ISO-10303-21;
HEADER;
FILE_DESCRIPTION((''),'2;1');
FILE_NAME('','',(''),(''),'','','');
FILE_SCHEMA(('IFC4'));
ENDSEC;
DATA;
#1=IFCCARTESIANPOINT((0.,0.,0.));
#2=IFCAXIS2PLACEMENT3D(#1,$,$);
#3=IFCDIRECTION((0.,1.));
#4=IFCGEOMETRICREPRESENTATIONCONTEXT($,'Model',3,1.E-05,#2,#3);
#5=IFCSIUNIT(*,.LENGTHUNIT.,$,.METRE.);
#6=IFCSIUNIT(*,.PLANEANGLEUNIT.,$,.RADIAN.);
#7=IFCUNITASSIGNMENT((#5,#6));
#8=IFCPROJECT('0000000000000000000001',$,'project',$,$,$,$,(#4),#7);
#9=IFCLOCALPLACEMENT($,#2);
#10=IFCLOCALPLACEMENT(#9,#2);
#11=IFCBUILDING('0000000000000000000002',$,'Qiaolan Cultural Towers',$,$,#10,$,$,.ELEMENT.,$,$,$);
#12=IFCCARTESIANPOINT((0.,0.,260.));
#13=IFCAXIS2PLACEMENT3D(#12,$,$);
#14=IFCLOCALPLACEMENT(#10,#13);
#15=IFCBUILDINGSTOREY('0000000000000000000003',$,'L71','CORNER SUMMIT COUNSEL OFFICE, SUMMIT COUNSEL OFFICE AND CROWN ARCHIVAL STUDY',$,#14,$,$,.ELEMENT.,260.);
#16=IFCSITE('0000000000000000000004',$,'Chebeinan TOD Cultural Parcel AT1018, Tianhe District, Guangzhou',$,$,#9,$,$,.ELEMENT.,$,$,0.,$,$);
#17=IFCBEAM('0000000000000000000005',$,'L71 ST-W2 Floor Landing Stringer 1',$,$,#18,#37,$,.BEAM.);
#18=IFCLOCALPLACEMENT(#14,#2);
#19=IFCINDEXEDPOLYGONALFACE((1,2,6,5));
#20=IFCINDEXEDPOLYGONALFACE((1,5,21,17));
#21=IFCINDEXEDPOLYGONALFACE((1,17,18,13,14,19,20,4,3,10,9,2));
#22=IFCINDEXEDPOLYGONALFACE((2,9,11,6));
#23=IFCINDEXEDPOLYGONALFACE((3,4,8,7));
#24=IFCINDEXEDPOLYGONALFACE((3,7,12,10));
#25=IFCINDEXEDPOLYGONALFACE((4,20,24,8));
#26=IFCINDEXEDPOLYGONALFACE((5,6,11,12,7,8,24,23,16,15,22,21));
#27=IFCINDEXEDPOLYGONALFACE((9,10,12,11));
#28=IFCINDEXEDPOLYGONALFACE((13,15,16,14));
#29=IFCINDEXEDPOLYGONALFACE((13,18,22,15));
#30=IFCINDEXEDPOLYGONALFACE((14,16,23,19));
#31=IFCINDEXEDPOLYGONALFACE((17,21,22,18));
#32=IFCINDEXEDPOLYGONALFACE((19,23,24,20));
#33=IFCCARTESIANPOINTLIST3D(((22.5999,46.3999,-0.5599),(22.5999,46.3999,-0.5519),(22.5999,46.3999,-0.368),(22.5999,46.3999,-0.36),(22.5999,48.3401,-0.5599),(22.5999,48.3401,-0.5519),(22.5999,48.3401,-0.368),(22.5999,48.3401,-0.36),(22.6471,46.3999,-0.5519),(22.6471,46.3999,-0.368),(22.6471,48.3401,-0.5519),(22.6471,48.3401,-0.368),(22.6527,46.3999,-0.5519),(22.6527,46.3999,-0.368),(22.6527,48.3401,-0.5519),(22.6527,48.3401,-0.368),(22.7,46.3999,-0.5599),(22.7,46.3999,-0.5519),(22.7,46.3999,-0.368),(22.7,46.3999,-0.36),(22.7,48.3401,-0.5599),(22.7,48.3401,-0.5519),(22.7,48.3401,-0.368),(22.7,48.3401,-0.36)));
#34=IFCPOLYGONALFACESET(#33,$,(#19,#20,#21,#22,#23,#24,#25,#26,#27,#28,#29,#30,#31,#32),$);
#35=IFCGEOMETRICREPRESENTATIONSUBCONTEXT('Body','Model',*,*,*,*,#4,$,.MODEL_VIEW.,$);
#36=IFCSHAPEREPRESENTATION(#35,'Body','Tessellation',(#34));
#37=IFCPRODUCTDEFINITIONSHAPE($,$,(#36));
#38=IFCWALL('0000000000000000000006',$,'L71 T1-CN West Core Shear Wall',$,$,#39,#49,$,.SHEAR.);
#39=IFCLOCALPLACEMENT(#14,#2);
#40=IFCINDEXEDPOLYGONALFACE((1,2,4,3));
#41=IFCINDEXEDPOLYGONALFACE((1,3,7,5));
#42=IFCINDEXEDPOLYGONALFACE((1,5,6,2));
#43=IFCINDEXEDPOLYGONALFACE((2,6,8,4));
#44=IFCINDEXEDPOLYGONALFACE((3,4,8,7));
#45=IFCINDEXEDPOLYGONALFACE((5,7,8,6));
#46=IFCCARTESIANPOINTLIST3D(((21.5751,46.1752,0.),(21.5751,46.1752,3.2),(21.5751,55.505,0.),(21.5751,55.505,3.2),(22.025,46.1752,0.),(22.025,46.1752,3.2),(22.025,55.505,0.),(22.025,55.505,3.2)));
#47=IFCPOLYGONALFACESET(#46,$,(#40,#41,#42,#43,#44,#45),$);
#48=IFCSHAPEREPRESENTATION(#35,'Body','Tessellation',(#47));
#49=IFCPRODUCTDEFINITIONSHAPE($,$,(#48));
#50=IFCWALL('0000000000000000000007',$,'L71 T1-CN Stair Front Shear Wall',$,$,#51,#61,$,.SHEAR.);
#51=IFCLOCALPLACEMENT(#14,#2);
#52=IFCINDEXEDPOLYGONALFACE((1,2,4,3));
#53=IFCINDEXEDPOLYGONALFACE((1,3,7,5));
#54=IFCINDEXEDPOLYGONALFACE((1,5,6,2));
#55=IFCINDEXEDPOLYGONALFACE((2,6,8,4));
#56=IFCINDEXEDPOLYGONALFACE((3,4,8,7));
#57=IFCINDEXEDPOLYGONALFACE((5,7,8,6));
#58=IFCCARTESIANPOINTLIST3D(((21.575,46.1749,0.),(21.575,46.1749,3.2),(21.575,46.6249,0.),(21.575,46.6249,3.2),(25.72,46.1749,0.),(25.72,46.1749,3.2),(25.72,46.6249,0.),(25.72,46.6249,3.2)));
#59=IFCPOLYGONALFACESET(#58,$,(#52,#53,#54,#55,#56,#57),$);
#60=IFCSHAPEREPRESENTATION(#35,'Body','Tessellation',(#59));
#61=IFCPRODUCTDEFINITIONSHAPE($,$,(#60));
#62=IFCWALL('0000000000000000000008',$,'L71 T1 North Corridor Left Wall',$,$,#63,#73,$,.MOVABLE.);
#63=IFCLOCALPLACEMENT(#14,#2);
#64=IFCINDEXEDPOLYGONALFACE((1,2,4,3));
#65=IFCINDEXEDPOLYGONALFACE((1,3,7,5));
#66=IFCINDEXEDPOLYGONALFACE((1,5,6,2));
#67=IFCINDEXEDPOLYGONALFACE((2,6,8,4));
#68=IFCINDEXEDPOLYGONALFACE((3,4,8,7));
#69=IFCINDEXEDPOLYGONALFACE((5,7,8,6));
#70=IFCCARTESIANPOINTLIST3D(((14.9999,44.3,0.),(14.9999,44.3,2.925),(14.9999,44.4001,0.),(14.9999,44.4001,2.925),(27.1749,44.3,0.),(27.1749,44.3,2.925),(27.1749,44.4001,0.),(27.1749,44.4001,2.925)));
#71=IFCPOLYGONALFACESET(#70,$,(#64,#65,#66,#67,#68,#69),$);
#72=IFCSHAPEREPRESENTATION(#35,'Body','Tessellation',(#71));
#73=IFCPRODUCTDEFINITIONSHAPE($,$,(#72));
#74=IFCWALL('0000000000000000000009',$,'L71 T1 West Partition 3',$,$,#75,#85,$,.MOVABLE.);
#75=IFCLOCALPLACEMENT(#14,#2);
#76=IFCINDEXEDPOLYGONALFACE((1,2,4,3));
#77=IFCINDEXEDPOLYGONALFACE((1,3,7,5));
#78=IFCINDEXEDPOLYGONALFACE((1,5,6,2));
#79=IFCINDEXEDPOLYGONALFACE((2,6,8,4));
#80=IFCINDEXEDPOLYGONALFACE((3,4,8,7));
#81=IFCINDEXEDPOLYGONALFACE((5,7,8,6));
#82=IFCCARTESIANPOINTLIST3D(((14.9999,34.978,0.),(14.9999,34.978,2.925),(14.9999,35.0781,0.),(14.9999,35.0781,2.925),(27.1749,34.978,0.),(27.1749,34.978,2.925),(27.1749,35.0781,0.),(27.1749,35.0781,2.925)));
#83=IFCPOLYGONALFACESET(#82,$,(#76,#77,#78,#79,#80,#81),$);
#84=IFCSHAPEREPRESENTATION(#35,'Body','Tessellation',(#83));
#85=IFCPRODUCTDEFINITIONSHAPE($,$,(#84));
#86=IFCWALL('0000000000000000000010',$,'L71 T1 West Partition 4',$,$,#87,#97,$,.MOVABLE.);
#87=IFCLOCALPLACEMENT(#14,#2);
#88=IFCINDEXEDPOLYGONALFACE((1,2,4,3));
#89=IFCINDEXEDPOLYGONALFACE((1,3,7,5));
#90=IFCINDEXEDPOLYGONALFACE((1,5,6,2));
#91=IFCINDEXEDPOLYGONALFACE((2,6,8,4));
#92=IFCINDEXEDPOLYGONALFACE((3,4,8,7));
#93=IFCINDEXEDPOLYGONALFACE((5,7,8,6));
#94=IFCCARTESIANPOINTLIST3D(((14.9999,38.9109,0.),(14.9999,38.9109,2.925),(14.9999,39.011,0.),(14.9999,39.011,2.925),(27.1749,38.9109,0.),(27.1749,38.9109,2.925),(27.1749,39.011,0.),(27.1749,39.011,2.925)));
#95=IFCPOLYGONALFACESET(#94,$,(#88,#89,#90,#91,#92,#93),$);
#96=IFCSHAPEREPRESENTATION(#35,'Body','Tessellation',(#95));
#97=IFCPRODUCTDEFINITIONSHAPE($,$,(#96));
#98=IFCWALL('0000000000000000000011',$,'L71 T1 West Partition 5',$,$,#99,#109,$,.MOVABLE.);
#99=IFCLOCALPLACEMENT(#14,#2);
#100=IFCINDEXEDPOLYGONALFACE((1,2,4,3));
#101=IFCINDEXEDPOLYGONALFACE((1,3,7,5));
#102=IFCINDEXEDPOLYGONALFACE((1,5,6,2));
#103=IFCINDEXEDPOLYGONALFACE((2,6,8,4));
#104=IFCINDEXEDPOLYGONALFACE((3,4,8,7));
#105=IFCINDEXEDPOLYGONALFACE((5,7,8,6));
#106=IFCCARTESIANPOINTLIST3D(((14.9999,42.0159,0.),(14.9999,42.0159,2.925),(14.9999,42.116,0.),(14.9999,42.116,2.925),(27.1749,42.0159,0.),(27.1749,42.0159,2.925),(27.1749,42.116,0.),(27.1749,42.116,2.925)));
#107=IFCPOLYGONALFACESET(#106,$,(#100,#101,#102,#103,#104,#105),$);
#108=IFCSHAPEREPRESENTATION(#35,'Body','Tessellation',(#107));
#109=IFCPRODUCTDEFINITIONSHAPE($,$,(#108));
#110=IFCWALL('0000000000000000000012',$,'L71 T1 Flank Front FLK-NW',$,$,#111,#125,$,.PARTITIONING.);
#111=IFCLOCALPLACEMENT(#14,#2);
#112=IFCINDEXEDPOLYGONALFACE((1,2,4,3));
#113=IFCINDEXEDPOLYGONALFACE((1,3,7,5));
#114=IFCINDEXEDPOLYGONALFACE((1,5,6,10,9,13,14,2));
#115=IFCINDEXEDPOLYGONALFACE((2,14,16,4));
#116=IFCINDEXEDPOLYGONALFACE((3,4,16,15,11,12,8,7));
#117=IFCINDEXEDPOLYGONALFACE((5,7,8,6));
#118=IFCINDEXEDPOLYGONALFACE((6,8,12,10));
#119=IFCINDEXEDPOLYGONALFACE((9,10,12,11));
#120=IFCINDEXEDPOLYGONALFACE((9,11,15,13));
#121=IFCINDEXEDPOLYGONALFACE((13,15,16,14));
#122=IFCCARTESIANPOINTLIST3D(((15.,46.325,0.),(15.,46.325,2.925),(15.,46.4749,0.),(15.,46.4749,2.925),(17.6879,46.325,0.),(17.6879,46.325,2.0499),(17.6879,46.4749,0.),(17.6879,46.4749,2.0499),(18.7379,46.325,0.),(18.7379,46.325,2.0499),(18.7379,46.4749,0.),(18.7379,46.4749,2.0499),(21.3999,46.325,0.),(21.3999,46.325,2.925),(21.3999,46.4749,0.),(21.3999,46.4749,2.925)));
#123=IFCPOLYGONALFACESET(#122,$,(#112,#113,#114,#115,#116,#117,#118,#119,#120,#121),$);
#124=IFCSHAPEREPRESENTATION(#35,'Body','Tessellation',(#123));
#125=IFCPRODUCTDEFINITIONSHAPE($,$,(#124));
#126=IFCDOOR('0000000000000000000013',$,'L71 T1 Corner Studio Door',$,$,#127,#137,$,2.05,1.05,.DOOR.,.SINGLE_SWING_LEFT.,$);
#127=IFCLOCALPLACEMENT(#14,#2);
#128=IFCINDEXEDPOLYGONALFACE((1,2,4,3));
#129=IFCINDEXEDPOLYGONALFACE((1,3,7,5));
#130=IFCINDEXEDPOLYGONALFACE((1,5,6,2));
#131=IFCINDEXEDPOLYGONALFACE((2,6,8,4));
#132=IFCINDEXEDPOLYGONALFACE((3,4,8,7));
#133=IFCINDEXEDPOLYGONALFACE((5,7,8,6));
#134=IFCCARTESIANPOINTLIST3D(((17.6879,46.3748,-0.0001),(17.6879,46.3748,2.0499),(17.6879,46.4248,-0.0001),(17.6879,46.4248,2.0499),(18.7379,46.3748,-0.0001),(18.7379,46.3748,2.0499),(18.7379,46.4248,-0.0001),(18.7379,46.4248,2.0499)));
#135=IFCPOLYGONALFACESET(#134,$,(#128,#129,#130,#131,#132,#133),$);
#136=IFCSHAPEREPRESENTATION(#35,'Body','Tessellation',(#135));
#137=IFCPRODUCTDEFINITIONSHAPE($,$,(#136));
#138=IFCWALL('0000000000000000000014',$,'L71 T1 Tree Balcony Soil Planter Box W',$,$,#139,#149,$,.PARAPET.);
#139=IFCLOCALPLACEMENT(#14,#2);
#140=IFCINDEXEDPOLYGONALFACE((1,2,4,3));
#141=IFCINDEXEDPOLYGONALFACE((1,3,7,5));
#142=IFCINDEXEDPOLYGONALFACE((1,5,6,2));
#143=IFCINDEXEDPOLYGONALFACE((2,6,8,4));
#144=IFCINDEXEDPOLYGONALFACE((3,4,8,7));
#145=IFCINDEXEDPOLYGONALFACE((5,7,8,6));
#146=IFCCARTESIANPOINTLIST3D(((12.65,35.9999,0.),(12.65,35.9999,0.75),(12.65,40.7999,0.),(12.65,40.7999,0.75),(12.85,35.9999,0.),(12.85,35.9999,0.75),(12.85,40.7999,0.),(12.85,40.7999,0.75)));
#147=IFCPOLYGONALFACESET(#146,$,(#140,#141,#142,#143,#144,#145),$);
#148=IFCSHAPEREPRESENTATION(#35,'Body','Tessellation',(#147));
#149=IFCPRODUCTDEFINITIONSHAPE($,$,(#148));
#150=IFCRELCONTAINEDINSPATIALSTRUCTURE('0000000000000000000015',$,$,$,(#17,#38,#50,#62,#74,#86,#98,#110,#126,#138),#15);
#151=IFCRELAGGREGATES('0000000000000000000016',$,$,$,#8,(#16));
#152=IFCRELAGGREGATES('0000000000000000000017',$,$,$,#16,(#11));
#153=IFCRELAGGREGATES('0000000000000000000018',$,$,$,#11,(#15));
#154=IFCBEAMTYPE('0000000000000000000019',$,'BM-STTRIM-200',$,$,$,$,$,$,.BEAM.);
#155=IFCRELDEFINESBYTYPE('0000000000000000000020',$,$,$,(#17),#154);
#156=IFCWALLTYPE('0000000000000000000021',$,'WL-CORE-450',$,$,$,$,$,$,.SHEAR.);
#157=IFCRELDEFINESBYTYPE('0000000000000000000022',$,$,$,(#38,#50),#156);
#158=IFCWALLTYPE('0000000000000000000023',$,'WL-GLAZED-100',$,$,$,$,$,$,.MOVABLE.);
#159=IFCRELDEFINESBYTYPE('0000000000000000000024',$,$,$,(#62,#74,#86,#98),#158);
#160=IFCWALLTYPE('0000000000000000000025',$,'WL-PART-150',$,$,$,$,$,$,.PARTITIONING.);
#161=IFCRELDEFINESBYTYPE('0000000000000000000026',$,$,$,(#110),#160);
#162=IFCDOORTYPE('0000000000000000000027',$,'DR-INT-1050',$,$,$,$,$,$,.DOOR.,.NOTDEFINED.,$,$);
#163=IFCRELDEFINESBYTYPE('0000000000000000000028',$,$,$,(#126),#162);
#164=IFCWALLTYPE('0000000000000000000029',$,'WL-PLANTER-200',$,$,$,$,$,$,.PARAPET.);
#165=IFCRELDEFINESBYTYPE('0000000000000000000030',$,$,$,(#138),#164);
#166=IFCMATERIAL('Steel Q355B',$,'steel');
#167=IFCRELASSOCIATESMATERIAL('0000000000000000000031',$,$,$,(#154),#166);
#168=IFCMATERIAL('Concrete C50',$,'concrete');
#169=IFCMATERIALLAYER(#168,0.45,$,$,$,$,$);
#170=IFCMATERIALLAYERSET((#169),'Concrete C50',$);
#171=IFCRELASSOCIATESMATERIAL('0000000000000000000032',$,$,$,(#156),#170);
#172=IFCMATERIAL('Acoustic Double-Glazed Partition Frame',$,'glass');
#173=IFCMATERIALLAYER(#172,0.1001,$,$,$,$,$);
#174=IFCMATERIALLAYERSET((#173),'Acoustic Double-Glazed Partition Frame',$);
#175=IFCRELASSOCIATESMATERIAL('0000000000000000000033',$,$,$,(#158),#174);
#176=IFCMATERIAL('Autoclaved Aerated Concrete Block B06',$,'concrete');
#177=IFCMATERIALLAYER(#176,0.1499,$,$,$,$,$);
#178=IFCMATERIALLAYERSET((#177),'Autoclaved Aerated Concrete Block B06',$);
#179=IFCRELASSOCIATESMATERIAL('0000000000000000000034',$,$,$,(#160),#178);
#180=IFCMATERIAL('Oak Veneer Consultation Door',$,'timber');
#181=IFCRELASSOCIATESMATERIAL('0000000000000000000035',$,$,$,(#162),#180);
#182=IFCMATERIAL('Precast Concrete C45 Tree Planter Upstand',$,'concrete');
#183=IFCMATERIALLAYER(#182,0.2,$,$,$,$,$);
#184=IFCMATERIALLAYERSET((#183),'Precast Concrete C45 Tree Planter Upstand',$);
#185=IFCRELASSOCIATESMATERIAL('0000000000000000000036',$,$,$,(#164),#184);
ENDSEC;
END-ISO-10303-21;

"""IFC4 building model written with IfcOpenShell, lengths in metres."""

from ifc_helpers import new_model, si_unit, direction, frame, frame_2d, origin, origin_2d, place, context, subcontext, project, spatial, rectangle, i_section, extrude, material, layer, layer_set, material_profile, profile_set, type_object, element, fill, save


model = new_model("IFC4")

# Units and contexts
model_context = context("Model", 3, precision=1e-05, world=origin(), true_north=direction((0.0, 1.0)))
body_context = subcontext(model_context, "Body", "Model", "MODEL_VIEW")
ifc_project = project(units=[si_unit("LENGTHUNIT", "METRE"), si_unit("PLANEANGLEUNIT", "RADIAN")], contexts=[model_context])

# Site, building, storey
site_placement = place(None, origin())
site = spatial("IfcSite", under=ifc_project, at=site_placement, Name="Chebeinan TOD Cultural Parcel AT1018, Tianhe District, Guangzhou", CompositionType="ELEMENT", RefElevation=0.0)
building_placement = place(site_placement, origin())
building = spatial("IfcBuilding", under=site, at=building_placement, Name="Qiaolan Cultural Towers", CompositionType="ELEMENT")
storey_placement = place(building_placement, frame((0.0, 0.0, 260.0)))
storey = spatial("IfcBuildingStorey", under=building, at=storey_placement, Name="L71", Description="CORNER SUMMIT COUNSEL OFFICE, SUMMIT COUNSEL OFFICE AND CROWN ARCHIVAL STUDY", CompositionType="ELEMENT", Elevation=260.0)

# Beam
ifc_material_1 = material(Name="Steel Q355B", Category="steel")
ifc_material_profile_1 = material_profile(ifc_material_1, i_section(OverallWidth=0.1001, OverallDepth=0.2, WebThickness=0.0056, FlangeThickness=0.0081, at=origin_2d()), Name="HN200x100x5.5x8")
ifc_profile_set_1 = profile_set([ifc_material_profile_1], Name="Steel Q355B")
beam_type_1 = type_object("IfcBeamType", Name="BM-STTRIM-200", PredefinedType="BEAM", material=ifc_profile_set_1)
beam_1_placement = place(storey_placement, frame((22.6499, 46.3999, -0.46), z_axis=(0.0, 1.0, 0.0), x_axis=(-1.0, 0.0, 0.0)))
element("IfcBeam", 1, at=beam_1_placement, inside=storey, type_object=beam_type_1, Name="L71 ST-W2 Floor Landing Stringer 1", PredefinedType="BEAM", context=body_context, shape_type="SweptSolid", body=[
    extrude(i_section(OverallWidth=0.1001, OverallDepth=0.2, WebThickness=0.0056, FlangeThickness=0.0081, at=origin_2d()), origin(), (0.0, 0.0, 1.0), 1.9402),
])

# Walls
ifc_material_2 = material(Name="Concrete C50", Category="concrete")
ifc_layer_1 = layer(ifc_material_2, 0.45)
ifc_layer_set_1 = layer_set([ifc_layer_1], Name="Concrete C50")
wall_type_1 = type_object("IfcWallType", Name="WL-CORE-450", PredefinedType="SHEAR", material=ifc_layer_set_1)
wall_1_placement = place(storey_placement, frame((21.8, 46.175, 0.0), z_axis=(0.0, 0.0, 1.0), x_axis=(0.0, 1.0, 0.0)))
element("IfcWall", 2, at=wall_1_placement, inside=storey, type_object=wall_type_1, Name="L71 T1-CN West Core Shear Wall", PredefinedType="SHEAR", context=body_context, shape_type="SweptSolid", body=[
    extrude(rectangle(XDim=9.3298, YDim=0.45, at=frame_2d((4.665, 0.0))), origin(), (0.0, 0.0, 1.0), 3.2),
])
wall_2_placement = place(storey_placement, frame((21.575, 46.3999, 0.0), z_axis=(0.0, 0.0, 1.0), x_axis=(1.0, 0.0, 0.0)))
element("IfcWall", 3, at=wall_2_placement, inside=storey, type_object=wall_type_1, Name="L71 T1-CN Stair Front Shear Wall", PredefinedType="SHEAR", context=body_context, shape_type="SweptSolid", body=[
    extrude(rectangle(XDim=4.145, YDim=0.45, at=frame_2d((2.0725, 0.0))), origin(), (0.0, 0.0, 1.0), 3.2),
])
ifc_material_3 = material(Name="Acoustic Double-Glazed Partition Frame", Category="glass")
ifc_layer_2 = layer(ifc_material_3, 0.1001)
ifc_layer_set_2 = layer_set([ifc_layer_2], Name="Acoustic Double-Glazed Partition Frame")
wall_type_2 = type_object("IfcWallType", Name="WL-GLAZED-100", PredefinedType="MOVABLE", material=ifc_layer_set_2)
for number, where, z_axis, x_axis, name in (
    (4, (15.0, 44.3501, 0.0), (0.0, 0.0, 1.0), (1.0, 0.0, 0.0), "L71 T1 North Corridor Left Wall"),
    (5, (15.0, 35.0281, 0.0), (0.0, 0.0, 1.0), (1.0, 0.0, 0.0), "L71 T1 West Partition 3"),
    (6, (15.0, 38.9609, 0.0), (0.0, 0.0, 1.0), (1.0, 0.0, 0.0), "L71 T1 West Partition 4"),
    (7, (15.0, 42.0659, 0.0), (0.0, 0.0, 1.0), (1.0, 0.0, 0.0), "L71 T1 West Partition 5"),
):
    element("IfcWall", number, at=place(storey_placement, frame(where, z_axis=z_axis, x_axis=x_axis)), inside=storey, type_object=wall_type_2, Name=name, PredefinedType="MOVABLE", context=body_context, shape_type="SweptSolid", body=[
        extrude(rectangle(XDim=12.175, YDim=0.1001, at=frame_2d((6.0874, 0.0))), origin(), (0.0, 0.0, 1.0), 2.925),
    ])

# Wall, opening, door
ifc_material_4 = material(Name="Autoclaved Aerated Concrete Block B06", Category="concrete")
ifc_layer_3 = layer(ifc_material_4, 0.1499)
ifc_layer_set_3 = layer_set([ifc_layer_3], Name="Autoclaved Aerated Concrete Block B06")
wall_type_3 = type_object("IfcWallType", Name="WL-PART-150", PredefinedType="PARTITIONING", material=ifc_layer_set_3)
wall_3_placement = place(storey_placement, frame((15.0, 46.3999, 0.0), z_axis=(0.0, 0.0, 1.0), x_axis=(1.0, 0.0, 0.0)))
wall_3 = element("IfcWall", 8, at=wall_3_placement, inside=storey, type_object=wall_type_3, Name="L71 T1 Flank Front FLK-NW", PredefinedType="PARTITIONING", context=body_context, shape_type="SweptSolid", body=[
    extrude(rectangle(XDim=6.3999, YDim=0.1499, at=frame_2d((3.2, 0.0))), origin(), (0.0, 0.0, 1.0), 2.925),
])
opening_placement = place(wall_3_placement, frame((2.688, 0.0, 0.0)))
opening = element("IfcOpeningElement", 9, at=opening_placement, cuts=wall_3, PredefinedType="OPENING", context=body_context, shape_type="SweptSolid", body=[
    extrude(rectangle(XDim=1.05, YDim=2.05, at=frame_2d((0.5249, 1.0249))), frame((0.0, 0.085, 0.0), z_axis=(0.0, -1.0, 0.0), x_axis=(1.0, 0.0, 0.0)), (0.0, 0.0, 1.0), 0.1699),
])
ifc_material_5 = material(Name="Oak Veneer Consultation Door", Category="timber")
door_type = type_object("IfcDoorType", Name="DR-INT-1050", OperationType="NOTDEFINED", PredefinedType="DOOR", material=ifc_material_5)
door_placement = place(opening_placement, origin())
door = element("IfcDoor", 10, at=door_placement, inside=storey, type_object=door_type, Name="L71 T1 Corner Studio Door", OperationType="SINGLE_SWING_LEFT", OverallHeight=2.05, OverallWidth=1.05, PredefinedType="DOOR", context=body_context, shape_type="SweptSolid", body=[
    extrude(rectangle(XDim=1.05, YDim=2.05, at=frame_2d((0.5249, 1.0249))), frame((0.0, 0.0249, 0.0), z_axis=(0.0, -1.0, 0.0), x_axis=(1.0, 0.0, 0.0)), (0.0, 0.0, 1.0), 0.05),
])
fill(opening, door)

# Wall
ifc_material_6 = material(Name="Precast Concrete C45 Tree Planter Upstand", Category="concrete")
ifc_layer_4 = layer(ifc_material_6, 0.2)
ifc_layer_set_4 = layer_set([ifc_layer_4], Name="Precast Concrete C45 Tree Planter Upstand")
wall_type_4 = type_object("IfcWallType", Name="WL-PLANTER-200", PredefinedType="PARAPET", material=ifc_layer_set_4)
wall_4_placement = place(storey_placement, frame((12.75, 36.0, 0.0), z_axis=(0.0, 0.0, 1.0), x_axis=(0.0, 1.0, 0.0)))
element("IfcWall", 11, at=wall_4_placement, inside=storey, type_object=wall_type_4, Name="L71 T1 Tree Balcony Soil Planter Box W", PredefinedType="PARAPET", context=body_context, shape_type="SweptSolid", body=[
    extrude(rectangle(XDim=4.8, YDim=0.2, at=frame_2d((2.3999, 0.0))), origin(), (0.0, 0.0, 1.0), 0.75),
])

save(model, "model.ifc")
